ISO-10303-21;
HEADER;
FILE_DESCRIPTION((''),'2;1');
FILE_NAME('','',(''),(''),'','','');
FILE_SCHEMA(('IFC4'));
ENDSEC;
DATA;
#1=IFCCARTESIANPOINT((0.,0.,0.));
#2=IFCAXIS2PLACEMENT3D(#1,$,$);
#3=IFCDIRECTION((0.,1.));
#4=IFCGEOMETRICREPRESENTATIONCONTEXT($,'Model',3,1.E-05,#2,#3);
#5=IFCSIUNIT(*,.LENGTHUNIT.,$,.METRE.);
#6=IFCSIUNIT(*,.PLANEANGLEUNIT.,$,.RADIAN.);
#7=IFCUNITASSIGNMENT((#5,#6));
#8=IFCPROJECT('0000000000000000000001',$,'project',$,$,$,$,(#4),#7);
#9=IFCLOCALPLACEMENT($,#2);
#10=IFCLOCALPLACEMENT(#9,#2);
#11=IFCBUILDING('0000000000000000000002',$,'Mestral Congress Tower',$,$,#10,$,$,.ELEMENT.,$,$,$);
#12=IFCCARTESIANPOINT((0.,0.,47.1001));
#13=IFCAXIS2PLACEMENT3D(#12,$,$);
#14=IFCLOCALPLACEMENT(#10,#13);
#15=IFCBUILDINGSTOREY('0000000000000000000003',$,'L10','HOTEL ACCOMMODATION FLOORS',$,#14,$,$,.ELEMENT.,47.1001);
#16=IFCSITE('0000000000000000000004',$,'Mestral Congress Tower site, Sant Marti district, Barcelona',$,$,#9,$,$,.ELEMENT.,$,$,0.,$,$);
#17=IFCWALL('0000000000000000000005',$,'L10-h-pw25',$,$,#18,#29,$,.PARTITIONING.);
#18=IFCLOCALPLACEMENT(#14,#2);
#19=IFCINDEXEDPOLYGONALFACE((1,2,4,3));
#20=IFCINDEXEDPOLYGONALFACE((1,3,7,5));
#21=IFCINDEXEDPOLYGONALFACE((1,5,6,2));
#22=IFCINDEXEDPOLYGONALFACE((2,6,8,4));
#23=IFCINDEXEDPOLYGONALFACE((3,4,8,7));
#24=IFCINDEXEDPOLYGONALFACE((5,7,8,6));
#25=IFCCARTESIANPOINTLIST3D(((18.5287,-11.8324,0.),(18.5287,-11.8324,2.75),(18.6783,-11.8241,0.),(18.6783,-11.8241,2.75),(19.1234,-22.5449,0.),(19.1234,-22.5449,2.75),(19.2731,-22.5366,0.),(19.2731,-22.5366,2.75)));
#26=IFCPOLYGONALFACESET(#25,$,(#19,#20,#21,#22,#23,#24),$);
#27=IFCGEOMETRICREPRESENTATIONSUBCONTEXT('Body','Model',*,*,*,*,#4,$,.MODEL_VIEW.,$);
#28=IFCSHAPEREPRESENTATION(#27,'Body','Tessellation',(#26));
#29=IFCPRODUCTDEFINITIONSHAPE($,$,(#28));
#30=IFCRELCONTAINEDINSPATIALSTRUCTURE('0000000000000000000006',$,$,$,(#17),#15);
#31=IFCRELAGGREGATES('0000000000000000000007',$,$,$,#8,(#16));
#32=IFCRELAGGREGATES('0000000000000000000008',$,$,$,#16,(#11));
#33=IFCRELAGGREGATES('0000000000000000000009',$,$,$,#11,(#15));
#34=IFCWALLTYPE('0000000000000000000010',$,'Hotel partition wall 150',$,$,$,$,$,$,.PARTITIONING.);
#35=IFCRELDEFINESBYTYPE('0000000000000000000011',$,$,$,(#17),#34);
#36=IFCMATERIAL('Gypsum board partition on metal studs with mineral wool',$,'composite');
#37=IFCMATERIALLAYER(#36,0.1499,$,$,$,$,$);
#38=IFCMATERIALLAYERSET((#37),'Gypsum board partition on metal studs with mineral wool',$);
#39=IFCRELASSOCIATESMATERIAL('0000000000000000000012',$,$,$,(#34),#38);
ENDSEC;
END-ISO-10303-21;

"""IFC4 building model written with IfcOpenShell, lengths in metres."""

from ifc_helpers import new_model, si_unit, direction, frame, frame_2d, origin, place, context, subcontext, project, spatial, rectangle, extrude, material, layer, layer_set, type_object, element, save


model = new_model("IFC4")

# Units and contexts
model_context = context("Model", 3, precision=1e-05, world=origin(), true_north=direction((0.0, 1.0)))
body_context = subcontext(model_context, "Body", "Model", "MODEL_VIEW")
ifc_project = project(units=[si_unit("LENGTHUNIT", "METRE"), si_unit("PLANEANGLEUNIT", "RADIAN")], contexts=[model_context])

# Site, building, storey
site_placement = place(None, origin())
site = spatial("IfcSite", under=ifc_project, at=site_placement, Name="Mestral Congress Tower site, Sant Marti district, Barcelona", CompositionType="ELEMENT", RefElevation=0.0)
building_placement = place(site_placement, origin())
building = spatial("IfcBuilding", under=site, at=building_placement, Name="Mestral Congress Tower", CompositionType="ELEMENT")
storey_placement = place(building_placement, frame((0.0, 0.0, 47.1001)))
storey = spatial("IfcBuildingStorey", under=building, at=storey_placement, Name="L10", Description="HOTEL ACCOMMODATION FLOORS", CompositionType="ELEMENT", Elevation=47.1001)

# Shared definitions
ifc_material_1 = material(Name="Gypsum board partition on metal studs with mineral wool", Category="composite")

# Shared definitions
ifc_layer_1 = layer(ifc_material_1, 0.1499)
ifc_layer_set_1 = layer_set([ifc_layer_1], Name="Gypsum board partition on metal studs with mineral wool")
wall_type_1 = type_object("IfcWallType", Name="Hotel partition wall 150", PredefinedType="PARTITIONING", material=ifc_layer_set_1)

# Wall
wall_1_placement = place(storey_placement, frame((19.1982, -22.5408, 0.0), z_axis=(0.0, 0.0, 1.0), x_axis=(-0.055432, 0.998462, 0.0)))
element("IfcWall", 1, at=wall_1_placement, inside=storey, type_object=wall_type_1, Name="L10-h-pw25", PredefinedType="PARTITIONING", context=body_context, shape_type="SweptSolid", body=[
    extrude(rectangle(XDim=10.729, YDim=0.1499, at=frame_2d((5.3645, 0.0))), origin(), (0.0, 0.0, 1.0), 2.75),
])

save(model, "model.ifc")
